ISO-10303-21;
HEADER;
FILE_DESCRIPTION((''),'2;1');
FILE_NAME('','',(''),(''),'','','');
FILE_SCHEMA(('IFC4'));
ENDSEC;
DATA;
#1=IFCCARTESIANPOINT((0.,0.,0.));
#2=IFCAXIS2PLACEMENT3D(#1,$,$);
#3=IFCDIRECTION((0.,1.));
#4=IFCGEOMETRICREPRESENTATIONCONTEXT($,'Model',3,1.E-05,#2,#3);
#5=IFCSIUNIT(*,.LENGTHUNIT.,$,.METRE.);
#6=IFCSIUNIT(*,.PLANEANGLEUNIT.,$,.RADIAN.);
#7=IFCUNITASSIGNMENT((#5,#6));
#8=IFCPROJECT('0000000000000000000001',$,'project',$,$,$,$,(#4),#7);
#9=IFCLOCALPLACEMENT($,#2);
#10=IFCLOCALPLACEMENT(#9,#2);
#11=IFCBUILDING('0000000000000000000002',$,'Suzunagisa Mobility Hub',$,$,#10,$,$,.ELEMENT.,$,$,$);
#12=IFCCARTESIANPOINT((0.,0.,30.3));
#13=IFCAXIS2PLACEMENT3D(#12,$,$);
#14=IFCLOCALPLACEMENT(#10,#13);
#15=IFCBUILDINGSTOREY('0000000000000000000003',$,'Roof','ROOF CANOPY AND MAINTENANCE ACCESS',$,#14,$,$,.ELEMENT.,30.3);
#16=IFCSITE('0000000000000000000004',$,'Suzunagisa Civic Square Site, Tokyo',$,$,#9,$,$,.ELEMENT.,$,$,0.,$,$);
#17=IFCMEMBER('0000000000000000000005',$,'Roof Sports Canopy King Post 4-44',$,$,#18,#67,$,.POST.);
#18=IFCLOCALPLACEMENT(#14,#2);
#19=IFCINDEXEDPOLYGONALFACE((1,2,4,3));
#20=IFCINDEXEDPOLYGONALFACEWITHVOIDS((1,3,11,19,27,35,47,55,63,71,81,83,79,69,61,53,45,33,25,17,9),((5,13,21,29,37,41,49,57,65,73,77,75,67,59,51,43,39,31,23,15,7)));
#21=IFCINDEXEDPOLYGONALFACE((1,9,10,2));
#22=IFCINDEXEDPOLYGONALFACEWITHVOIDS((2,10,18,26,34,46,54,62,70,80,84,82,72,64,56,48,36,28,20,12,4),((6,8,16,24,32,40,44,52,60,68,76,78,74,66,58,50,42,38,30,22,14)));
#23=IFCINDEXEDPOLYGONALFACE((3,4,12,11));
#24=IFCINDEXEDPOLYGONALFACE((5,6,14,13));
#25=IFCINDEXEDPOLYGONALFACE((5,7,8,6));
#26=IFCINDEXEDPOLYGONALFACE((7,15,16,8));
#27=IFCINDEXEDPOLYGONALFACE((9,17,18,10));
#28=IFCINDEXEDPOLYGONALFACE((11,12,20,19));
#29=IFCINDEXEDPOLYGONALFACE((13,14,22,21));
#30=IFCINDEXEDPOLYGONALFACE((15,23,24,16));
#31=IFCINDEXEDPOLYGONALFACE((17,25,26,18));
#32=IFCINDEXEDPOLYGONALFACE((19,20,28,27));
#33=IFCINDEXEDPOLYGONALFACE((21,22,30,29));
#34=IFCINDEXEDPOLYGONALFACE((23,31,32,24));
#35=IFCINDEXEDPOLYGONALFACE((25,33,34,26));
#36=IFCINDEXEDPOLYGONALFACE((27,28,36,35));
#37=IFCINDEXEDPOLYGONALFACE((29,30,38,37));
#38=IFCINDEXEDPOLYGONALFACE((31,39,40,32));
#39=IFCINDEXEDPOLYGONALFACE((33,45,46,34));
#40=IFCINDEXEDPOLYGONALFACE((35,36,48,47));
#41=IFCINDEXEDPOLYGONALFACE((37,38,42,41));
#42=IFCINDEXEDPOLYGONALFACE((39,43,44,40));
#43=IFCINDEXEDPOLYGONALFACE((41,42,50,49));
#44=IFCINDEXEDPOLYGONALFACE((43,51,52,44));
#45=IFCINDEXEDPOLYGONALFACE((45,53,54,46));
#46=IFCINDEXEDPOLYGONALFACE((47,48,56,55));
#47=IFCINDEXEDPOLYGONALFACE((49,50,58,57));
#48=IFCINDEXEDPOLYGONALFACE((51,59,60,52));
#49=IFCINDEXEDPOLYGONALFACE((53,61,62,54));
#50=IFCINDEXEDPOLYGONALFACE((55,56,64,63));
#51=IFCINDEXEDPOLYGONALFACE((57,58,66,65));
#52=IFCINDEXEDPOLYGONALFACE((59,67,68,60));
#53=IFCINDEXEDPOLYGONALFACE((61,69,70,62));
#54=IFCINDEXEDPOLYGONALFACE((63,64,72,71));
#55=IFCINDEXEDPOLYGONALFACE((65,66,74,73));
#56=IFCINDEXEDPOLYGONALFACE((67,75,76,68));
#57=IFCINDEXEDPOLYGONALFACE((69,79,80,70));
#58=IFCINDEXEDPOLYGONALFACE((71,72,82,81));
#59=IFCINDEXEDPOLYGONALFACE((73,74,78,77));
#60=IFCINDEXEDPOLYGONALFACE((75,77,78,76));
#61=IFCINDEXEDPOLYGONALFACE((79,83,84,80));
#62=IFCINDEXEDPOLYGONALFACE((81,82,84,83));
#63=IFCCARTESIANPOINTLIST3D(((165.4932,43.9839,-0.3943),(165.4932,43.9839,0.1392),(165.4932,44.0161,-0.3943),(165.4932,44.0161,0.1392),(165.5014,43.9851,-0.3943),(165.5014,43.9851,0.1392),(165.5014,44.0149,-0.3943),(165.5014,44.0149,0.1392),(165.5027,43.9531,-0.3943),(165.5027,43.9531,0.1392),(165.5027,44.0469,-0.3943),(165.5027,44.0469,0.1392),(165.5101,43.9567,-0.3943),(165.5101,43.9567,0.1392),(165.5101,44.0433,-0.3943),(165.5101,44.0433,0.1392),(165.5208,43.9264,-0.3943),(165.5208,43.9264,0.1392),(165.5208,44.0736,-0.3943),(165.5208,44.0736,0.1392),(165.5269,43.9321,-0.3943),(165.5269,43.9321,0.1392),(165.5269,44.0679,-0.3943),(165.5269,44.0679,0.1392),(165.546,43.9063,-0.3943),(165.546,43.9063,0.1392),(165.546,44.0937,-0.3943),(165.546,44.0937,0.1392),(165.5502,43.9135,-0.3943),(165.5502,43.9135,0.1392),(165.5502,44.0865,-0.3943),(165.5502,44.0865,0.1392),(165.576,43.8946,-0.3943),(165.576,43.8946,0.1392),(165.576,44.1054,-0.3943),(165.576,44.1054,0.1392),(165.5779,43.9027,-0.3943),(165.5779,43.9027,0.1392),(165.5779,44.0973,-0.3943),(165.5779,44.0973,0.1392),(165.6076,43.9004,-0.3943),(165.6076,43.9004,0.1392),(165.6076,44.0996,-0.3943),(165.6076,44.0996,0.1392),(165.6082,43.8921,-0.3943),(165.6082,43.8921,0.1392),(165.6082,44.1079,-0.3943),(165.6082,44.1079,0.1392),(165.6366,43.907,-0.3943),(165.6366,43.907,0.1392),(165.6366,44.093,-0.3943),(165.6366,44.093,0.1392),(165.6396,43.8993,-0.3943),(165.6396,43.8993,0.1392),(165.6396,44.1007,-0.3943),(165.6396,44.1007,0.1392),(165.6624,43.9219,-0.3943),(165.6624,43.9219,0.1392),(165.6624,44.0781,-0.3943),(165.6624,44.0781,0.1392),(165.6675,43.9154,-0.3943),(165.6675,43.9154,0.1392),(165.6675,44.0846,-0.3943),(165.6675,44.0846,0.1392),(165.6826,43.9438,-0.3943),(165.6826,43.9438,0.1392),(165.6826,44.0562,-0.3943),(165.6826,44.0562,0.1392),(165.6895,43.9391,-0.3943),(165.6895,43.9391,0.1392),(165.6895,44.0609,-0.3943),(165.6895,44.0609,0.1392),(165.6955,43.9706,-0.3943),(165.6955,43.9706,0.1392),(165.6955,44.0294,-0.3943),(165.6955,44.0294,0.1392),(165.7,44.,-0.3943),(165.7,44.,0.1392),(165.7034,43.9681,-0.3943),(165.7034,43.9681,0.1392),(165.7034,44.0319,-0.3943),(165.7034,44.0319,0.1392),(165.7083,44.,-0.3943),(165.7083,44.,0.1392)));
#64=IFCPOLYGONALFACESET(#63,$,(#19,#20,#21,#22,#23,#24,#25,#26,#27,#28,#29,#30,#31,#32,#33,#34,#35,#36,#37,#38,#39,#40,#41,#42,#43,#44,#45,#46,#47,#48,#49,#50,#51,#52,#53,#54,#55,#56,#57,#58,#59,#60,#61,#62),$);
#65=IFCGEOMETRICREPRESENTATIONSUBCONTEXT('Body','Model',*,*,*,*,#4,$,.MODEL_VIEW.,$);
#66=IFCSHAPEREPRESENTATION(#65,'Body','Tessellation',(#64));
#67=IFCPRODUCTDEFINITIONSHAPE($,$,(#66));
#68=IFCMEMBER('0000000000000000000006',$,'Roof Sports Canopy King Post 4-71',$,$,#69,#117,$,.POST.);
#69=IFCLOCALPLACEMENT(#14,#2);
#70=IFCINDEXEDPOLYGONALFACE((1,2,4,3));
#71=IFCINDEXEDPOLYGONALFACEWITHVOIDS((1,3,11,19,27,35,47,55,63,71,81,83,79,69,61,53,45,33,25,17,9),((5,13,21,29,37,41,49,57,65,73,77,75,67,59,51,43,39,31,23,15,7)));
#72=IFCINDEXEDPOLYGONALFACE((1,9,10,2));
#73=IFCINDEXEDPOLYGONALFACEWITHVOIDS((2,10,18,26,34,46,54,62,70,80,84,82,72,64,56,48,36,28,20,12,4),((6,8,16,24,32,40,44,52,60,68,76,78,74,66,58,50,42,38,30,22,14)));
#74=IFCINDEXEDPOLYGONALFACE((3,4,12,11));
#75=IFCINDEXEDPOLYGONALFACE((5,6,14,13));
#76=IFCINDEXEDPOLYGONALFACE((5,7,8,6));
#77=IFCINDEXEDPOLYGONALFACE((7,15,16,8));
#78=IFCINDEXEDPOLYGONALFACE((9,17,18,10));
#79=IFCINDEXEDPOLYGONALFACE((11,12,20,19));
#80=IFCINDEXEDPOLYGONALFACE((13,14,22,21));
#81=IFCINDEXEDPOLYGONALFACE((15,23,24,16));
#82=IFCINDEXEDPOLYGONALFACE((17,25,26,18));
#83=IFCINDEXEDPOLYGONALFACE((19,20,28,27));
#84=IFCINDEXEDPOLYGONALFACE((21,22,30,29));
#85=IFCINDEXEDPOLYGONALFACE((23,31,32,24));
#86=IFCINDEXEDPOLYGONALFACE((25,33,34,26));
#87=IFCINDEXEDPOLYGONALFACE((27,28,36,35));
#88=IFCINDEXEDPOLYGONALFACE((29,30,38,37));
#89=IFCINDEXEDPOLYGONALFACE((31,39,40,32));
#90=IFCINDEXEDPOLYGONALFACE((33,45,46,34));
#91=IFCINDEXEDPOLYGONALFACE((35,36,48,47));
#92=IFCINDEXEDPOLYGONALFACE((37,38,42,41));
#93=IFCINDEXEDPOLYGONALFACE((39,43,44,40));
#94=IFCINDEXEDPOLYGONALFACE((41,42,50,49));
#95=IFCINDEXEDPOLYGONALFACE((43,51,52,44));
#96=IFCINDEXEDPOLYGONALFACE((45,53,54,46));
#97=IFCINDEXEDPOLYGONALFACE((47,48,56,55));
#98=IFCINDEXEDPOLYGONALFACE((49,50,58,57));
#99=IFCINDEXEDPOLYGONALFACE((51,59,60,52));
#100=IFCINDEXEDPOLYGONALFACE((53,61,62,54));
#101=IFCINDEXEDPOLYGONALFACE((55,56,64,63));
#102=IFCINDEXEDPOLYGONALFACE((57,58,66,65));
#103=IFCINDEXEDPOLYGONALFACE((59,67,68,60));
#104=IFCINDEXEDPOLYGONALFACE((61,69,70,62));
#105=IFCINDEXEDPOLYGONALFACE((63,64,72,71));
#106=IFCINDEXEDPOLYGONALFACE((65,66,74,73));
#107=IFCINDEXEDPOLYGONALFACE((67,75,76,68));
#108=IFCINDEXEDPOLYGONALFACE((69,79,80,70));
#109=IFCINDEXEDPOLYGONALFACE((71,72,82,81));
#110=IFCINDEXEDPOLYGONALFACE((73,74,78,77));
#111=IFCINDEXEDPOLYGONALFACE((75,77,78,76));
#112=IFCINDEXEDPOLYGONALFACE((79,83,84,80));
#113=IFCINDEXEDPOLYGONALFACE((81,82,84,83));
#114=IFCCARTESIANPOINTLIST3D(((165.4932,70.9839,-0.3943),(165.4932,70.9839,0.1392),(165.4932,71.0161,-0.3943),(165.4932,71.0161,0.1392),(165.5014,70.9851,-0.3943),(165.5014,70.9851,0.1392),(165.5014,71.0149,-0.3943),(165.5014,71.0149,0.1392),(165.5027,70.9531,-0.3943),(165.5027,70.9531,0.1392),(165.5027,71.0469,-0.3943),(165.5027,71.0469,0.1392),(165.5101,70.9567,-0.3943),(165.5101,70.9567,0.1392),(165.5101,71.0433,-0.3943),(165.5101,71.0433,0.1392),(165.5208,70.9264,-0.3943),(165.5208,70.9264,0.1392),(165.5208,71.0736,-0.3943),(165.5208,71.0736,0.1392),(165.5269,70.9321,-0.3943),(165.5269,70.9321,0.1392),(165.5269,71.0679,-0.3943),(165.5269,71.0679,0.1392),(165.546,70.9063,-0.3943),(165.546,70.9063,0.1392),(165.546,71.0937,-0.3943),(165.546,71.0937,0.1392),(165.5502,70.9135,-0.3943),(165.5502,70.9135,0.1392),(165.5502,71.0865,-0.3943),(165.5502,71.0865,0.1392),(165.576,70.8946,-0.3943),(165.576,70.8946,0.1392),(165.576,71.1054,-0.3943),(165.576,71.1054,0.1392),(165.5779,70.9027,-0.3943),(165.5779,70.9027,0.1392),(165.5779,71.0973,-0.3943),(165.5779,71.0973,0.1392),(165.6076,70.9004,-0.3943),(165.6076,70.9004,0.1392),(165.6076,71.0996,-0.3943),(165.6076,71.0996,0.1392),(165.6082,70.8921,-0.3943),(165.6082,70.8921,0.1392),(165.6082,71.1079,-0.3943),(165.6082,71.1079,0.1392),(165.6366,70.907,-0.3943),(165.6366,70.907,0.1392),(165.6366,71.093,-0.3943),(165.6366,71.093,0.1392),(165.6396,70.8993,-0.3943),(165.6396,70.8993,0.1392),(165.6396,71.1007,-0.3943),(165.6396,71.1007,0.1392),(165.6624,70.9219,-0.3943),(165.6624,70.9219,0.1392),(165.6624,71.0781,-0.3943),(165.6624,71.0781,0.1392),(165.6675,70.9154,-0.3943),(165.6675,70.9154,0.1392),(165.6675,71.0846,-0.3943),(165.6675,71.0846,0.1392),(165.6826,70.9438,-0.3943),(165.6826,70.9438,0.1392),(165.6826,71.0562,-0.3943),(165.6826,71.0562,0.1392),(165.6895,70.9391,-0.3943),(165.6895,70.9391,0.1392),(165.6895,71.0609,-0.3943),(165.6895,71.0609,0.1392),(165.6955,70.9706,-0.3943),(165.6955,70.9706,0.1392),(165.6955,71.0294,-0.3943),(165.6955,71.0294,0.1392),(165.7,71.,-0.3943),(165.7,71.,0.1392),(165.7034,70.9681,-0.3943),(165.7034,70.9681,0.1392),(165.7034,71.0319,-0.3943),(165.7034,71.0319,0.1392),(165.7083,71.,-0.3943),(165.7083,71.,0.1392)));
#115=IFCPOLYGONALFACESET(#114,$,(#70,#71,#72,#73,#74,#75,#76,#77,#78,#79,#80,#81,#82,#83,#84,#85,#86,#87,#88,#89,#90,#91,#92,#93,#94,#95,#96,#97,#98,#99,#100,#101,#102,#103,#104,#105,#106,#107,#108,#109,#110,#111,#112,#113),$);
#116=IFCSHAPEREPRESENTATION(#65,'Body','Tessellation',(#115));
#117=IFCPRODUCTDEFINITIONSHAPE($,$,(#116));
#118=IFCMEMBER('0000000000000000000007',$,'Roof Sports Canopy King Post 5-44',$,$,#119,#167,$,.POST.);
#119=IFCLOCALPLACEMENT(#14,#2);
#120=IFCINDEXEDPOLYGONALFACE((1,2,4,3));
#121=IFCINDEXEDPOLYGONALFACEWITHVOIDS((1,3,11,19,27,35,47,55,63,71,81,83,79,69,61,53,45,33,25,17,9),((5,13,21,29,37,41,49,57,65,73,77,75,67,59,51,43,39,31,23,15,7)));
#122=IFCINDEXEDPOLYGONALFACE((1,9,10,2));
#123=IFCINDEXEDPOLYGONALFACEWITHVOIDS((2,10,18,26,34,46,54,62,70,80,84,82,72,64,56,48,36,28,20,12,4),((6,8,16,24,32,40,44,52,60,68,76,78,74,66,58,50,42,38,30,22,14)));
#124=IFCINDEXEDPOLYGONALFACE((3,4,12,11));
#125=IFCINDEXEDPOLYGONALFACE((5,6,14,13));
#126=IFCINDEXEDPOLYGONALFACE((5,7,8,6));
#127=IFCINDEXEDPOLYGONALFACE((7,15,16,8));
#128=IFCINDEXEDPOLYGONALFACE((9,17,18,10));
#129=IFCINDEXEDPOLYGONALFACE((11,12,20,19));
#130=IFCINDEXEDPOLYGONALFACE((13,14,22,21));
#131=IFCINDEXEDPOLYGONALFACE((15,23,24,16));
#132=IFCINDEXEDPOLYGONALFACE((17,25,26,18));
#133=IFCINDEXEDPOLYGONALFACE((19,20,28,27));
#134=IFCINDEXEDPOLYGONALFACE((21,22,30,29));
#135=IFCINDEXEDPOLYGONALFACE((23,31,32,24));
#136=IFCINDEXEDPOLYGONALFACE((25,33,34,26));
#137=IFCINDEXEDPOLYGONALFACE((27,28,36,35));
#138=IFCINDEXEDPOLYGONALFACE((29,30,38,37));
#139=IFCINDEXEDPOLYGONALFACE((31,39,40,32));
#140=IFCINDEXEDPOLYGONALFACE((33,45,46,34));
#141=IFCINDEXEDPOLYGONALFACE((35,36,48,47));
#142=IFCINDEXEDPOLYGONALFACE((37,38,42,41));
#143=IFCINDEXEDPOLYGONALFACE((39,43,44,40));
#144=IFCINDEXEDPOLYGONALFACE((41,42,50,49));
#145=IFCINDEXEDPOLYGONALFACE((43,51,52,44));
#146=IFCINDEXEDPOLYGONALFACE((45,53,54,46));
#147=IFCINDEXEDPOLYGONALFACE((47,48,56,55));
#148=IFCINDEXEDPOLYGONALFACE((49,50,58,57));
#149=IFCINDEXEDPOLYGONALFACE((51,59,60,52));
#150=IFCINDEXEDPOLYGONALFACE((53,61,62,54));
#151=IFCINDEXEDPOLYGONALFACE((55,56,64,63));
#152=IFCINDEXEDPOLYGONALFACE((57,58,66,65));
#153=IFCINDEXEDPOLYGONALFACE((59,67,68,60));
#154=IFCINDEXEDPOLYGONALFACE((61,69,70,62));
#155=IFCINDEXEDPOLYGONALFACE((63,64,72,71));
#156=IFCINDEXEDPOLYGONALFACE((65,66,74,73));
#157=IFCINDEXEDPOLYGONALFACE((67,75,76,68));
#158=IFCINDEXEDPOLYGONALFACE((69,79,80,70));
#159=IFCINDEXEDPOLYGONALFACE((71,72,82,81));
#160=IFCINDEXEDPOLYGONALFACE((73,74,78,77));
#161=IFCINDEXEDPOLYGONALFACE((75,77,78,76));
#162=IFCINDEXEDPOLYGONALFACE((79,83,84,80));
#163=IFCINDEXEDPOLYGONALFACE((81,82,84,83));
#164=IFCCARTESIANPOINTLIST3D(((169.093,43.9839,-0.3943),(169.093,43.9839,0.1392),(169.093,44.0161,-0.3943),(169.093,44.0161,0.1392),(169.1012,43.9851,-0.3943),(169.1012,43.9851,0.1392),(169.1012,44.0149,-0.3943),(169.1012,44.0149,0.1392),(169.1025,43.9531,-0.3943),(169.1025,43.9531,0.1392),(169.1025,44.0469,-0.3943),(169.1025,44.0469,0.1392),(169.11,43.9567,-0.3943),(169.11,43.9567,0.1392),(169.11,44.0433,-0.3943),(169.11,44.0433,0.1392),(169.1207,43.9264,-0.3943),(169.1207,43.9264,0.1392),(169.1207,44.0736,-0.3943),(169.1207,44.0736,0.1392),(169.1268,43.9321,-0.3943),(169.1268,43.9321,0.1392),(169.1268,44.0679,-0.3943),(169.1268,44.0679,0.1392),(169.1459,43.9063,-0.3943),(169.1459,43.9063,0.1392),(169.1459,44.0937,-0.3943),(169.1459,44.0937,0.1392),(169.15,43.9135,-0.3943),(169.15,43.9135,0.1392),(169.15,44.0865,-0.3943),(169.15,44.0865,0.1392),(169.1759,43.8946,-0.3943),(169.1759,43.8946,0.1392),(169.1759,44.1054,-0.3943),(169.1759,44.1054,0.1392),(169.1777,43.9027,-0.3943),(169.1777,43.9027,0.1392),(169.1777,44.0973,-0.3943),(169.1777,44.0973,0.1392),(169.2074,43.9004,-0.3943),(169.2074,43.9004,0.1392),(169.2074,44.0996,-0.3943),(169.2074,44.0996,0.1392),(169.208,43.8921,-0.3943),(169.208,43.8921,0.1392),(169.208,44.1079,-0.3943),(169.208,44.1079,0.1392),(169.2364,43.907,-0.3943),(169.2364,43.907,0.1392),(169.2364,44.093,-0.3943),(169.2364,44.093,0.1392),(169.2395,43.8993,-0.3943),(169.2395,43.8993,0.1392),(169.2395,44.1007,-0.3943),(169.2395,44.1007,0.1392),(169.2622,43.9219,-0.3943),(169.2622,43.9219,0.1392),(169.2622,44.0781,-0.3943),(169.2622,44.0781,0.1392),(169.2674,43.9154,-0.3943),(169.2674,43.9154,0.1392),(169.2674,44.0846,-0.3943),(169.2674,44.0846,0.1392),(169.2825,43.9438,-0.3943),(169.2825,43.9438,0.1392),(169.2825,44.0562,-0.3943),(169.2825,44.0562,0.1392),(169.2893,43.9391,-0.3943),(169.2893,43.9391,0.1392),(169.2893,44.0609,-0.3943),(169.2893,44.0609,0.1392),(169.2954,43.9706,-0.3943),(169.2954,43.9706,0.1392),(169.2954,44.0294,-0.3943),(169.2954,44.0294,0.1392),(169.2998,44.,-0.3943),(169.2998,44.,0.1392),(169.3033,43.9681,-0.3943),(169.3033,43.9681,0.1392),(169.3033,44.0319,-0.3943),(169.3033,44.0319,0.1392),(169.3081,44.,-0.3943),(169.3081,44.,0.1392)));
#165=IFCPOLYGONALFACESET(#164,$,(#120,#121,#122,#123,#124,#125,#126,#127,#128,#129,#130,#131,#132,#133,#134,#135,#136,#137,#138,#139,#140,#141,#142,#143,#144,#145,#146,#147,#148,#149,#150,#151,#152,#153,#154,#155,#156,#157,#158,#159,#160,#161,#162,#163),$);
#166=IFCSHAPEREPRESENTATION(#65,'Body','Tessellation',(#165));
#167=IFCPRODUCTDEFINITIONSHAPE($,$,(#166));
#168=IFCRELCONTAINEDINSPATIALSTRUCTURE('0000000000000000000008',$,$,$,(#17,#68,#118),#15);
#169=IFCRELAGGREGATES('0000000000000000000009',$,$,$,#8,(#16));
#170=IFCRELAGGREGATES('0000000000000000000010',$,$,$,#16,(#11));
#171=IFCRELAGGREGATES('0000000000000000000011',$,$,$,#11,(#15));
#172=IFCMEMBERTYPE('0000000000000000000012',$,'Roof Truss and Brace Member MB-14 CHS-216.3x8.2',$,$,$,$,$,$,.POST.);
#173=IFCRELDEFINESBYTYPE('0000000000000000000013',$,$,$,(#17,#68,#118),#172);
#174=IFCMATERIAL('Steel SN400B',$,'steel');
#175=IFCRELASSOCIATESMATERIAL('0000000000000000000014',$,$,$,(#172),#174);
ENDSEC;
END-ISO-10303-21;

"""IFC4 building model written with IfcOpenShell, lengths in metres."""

from ifc_helpers import new_model, si_unit, direction, frame, origin, origin_2d, place, context, subcontext, project, spatial, hollow_circle, extrude, material, material_profile, profile_set, type_object, element, save


model = new_model("IFC4")

# Units and contexts
model_context = context("Model", 3, precision=1e-05, world=origin(), true_north=direction((0.0, 1.0)))
body_context = subcontext(model_context, "Body", "Model", "MODEL_VIEW")
ifc_project = project(units=[si_unit("LENGTHUNIT", "METRE"), si_unit("PLANEANGLEUNIT", "RADIAN")], contexts=[model_context])

# Site, building, storey
site_placement = place(None, origin())
site = spatial("IfcSite", under=ifc_project, at=site_placement, Name="Suzunagisa Civic Square Site, Tokyo", CompositionType="ELEMENT", RefElevation=0.0)
building_placement = place(site_placement, origin())
building = spatial("IfcBuilding", under=site, at=building_placement, Name="Suzunagisa Mobility Hub", CompositionType="ELEMENT")
storey_placement = place(building_placement, frame((0.0, 0.0, 30.3)))
storey = spatial("IfcBuildingStorey", under=building, at=storey_placement, Name="Roof", Description="ROOF CANOPY AND MAINTENANCE ACCESS", CompositionType="ELEMENT", Elevation=30.3)

# Members
ifc_material_1 = material(Name="Steel SN400B", Category="steel")
ifc_material_profile_1 = material_profile(ifc_material_1, hollow_circle(Radius=0.1082, WallThickness=0.0083, at=origin_2d()), Name="CHS-216.3x8.2")
ifc_profile_set_1 = profile_set([ifc_material_profile_1], Name="Steel SN400B")
member_type_1 = type_object("IfcMemberType", Name="Roof Truss and Brace Member MB-14 CHS-216.3x8.2", PredefinedType="POST", material=ifc_profile_set_1)
for number, where, z_axis, x_axis, name in (
    (1, (165.6001, 44.0, -0.3943), (0.0, 0.0, 1.0), (1.0, 0.0, 0.0), "Roof Sports Canopy King Post 4-44"),
    (2, (165.6001, 71.0, -0.3943), (0.0, 0.0, 1.0), (1.0, 0.0, 0.0), "Roof Sports Canopy King Post 4-71"),
    (3, (169.2, 44.0, -0.3943), (0.0, 0.0, 1.0), (1.0, 0.0, 0.0), "Roof Sports Canopy King Post 5-44"),
):
    element("IfcMember", number, at=place(storey_placement, frame(where, z_axis=z_axis, x_axis=x_axis)), inside=storey, type_object=member_type_1, Name=name, PredefinedType="POST", context=body_context, shape_type="SweptSolid", body=[
        extrude(hollow_circle(Radius=0.1082, WallThickness=0.0083, at=origin_2d()), origin(), (0.0, 0.0, 1.0), 0.5334),
    ])

save(model, "model.ifc")
